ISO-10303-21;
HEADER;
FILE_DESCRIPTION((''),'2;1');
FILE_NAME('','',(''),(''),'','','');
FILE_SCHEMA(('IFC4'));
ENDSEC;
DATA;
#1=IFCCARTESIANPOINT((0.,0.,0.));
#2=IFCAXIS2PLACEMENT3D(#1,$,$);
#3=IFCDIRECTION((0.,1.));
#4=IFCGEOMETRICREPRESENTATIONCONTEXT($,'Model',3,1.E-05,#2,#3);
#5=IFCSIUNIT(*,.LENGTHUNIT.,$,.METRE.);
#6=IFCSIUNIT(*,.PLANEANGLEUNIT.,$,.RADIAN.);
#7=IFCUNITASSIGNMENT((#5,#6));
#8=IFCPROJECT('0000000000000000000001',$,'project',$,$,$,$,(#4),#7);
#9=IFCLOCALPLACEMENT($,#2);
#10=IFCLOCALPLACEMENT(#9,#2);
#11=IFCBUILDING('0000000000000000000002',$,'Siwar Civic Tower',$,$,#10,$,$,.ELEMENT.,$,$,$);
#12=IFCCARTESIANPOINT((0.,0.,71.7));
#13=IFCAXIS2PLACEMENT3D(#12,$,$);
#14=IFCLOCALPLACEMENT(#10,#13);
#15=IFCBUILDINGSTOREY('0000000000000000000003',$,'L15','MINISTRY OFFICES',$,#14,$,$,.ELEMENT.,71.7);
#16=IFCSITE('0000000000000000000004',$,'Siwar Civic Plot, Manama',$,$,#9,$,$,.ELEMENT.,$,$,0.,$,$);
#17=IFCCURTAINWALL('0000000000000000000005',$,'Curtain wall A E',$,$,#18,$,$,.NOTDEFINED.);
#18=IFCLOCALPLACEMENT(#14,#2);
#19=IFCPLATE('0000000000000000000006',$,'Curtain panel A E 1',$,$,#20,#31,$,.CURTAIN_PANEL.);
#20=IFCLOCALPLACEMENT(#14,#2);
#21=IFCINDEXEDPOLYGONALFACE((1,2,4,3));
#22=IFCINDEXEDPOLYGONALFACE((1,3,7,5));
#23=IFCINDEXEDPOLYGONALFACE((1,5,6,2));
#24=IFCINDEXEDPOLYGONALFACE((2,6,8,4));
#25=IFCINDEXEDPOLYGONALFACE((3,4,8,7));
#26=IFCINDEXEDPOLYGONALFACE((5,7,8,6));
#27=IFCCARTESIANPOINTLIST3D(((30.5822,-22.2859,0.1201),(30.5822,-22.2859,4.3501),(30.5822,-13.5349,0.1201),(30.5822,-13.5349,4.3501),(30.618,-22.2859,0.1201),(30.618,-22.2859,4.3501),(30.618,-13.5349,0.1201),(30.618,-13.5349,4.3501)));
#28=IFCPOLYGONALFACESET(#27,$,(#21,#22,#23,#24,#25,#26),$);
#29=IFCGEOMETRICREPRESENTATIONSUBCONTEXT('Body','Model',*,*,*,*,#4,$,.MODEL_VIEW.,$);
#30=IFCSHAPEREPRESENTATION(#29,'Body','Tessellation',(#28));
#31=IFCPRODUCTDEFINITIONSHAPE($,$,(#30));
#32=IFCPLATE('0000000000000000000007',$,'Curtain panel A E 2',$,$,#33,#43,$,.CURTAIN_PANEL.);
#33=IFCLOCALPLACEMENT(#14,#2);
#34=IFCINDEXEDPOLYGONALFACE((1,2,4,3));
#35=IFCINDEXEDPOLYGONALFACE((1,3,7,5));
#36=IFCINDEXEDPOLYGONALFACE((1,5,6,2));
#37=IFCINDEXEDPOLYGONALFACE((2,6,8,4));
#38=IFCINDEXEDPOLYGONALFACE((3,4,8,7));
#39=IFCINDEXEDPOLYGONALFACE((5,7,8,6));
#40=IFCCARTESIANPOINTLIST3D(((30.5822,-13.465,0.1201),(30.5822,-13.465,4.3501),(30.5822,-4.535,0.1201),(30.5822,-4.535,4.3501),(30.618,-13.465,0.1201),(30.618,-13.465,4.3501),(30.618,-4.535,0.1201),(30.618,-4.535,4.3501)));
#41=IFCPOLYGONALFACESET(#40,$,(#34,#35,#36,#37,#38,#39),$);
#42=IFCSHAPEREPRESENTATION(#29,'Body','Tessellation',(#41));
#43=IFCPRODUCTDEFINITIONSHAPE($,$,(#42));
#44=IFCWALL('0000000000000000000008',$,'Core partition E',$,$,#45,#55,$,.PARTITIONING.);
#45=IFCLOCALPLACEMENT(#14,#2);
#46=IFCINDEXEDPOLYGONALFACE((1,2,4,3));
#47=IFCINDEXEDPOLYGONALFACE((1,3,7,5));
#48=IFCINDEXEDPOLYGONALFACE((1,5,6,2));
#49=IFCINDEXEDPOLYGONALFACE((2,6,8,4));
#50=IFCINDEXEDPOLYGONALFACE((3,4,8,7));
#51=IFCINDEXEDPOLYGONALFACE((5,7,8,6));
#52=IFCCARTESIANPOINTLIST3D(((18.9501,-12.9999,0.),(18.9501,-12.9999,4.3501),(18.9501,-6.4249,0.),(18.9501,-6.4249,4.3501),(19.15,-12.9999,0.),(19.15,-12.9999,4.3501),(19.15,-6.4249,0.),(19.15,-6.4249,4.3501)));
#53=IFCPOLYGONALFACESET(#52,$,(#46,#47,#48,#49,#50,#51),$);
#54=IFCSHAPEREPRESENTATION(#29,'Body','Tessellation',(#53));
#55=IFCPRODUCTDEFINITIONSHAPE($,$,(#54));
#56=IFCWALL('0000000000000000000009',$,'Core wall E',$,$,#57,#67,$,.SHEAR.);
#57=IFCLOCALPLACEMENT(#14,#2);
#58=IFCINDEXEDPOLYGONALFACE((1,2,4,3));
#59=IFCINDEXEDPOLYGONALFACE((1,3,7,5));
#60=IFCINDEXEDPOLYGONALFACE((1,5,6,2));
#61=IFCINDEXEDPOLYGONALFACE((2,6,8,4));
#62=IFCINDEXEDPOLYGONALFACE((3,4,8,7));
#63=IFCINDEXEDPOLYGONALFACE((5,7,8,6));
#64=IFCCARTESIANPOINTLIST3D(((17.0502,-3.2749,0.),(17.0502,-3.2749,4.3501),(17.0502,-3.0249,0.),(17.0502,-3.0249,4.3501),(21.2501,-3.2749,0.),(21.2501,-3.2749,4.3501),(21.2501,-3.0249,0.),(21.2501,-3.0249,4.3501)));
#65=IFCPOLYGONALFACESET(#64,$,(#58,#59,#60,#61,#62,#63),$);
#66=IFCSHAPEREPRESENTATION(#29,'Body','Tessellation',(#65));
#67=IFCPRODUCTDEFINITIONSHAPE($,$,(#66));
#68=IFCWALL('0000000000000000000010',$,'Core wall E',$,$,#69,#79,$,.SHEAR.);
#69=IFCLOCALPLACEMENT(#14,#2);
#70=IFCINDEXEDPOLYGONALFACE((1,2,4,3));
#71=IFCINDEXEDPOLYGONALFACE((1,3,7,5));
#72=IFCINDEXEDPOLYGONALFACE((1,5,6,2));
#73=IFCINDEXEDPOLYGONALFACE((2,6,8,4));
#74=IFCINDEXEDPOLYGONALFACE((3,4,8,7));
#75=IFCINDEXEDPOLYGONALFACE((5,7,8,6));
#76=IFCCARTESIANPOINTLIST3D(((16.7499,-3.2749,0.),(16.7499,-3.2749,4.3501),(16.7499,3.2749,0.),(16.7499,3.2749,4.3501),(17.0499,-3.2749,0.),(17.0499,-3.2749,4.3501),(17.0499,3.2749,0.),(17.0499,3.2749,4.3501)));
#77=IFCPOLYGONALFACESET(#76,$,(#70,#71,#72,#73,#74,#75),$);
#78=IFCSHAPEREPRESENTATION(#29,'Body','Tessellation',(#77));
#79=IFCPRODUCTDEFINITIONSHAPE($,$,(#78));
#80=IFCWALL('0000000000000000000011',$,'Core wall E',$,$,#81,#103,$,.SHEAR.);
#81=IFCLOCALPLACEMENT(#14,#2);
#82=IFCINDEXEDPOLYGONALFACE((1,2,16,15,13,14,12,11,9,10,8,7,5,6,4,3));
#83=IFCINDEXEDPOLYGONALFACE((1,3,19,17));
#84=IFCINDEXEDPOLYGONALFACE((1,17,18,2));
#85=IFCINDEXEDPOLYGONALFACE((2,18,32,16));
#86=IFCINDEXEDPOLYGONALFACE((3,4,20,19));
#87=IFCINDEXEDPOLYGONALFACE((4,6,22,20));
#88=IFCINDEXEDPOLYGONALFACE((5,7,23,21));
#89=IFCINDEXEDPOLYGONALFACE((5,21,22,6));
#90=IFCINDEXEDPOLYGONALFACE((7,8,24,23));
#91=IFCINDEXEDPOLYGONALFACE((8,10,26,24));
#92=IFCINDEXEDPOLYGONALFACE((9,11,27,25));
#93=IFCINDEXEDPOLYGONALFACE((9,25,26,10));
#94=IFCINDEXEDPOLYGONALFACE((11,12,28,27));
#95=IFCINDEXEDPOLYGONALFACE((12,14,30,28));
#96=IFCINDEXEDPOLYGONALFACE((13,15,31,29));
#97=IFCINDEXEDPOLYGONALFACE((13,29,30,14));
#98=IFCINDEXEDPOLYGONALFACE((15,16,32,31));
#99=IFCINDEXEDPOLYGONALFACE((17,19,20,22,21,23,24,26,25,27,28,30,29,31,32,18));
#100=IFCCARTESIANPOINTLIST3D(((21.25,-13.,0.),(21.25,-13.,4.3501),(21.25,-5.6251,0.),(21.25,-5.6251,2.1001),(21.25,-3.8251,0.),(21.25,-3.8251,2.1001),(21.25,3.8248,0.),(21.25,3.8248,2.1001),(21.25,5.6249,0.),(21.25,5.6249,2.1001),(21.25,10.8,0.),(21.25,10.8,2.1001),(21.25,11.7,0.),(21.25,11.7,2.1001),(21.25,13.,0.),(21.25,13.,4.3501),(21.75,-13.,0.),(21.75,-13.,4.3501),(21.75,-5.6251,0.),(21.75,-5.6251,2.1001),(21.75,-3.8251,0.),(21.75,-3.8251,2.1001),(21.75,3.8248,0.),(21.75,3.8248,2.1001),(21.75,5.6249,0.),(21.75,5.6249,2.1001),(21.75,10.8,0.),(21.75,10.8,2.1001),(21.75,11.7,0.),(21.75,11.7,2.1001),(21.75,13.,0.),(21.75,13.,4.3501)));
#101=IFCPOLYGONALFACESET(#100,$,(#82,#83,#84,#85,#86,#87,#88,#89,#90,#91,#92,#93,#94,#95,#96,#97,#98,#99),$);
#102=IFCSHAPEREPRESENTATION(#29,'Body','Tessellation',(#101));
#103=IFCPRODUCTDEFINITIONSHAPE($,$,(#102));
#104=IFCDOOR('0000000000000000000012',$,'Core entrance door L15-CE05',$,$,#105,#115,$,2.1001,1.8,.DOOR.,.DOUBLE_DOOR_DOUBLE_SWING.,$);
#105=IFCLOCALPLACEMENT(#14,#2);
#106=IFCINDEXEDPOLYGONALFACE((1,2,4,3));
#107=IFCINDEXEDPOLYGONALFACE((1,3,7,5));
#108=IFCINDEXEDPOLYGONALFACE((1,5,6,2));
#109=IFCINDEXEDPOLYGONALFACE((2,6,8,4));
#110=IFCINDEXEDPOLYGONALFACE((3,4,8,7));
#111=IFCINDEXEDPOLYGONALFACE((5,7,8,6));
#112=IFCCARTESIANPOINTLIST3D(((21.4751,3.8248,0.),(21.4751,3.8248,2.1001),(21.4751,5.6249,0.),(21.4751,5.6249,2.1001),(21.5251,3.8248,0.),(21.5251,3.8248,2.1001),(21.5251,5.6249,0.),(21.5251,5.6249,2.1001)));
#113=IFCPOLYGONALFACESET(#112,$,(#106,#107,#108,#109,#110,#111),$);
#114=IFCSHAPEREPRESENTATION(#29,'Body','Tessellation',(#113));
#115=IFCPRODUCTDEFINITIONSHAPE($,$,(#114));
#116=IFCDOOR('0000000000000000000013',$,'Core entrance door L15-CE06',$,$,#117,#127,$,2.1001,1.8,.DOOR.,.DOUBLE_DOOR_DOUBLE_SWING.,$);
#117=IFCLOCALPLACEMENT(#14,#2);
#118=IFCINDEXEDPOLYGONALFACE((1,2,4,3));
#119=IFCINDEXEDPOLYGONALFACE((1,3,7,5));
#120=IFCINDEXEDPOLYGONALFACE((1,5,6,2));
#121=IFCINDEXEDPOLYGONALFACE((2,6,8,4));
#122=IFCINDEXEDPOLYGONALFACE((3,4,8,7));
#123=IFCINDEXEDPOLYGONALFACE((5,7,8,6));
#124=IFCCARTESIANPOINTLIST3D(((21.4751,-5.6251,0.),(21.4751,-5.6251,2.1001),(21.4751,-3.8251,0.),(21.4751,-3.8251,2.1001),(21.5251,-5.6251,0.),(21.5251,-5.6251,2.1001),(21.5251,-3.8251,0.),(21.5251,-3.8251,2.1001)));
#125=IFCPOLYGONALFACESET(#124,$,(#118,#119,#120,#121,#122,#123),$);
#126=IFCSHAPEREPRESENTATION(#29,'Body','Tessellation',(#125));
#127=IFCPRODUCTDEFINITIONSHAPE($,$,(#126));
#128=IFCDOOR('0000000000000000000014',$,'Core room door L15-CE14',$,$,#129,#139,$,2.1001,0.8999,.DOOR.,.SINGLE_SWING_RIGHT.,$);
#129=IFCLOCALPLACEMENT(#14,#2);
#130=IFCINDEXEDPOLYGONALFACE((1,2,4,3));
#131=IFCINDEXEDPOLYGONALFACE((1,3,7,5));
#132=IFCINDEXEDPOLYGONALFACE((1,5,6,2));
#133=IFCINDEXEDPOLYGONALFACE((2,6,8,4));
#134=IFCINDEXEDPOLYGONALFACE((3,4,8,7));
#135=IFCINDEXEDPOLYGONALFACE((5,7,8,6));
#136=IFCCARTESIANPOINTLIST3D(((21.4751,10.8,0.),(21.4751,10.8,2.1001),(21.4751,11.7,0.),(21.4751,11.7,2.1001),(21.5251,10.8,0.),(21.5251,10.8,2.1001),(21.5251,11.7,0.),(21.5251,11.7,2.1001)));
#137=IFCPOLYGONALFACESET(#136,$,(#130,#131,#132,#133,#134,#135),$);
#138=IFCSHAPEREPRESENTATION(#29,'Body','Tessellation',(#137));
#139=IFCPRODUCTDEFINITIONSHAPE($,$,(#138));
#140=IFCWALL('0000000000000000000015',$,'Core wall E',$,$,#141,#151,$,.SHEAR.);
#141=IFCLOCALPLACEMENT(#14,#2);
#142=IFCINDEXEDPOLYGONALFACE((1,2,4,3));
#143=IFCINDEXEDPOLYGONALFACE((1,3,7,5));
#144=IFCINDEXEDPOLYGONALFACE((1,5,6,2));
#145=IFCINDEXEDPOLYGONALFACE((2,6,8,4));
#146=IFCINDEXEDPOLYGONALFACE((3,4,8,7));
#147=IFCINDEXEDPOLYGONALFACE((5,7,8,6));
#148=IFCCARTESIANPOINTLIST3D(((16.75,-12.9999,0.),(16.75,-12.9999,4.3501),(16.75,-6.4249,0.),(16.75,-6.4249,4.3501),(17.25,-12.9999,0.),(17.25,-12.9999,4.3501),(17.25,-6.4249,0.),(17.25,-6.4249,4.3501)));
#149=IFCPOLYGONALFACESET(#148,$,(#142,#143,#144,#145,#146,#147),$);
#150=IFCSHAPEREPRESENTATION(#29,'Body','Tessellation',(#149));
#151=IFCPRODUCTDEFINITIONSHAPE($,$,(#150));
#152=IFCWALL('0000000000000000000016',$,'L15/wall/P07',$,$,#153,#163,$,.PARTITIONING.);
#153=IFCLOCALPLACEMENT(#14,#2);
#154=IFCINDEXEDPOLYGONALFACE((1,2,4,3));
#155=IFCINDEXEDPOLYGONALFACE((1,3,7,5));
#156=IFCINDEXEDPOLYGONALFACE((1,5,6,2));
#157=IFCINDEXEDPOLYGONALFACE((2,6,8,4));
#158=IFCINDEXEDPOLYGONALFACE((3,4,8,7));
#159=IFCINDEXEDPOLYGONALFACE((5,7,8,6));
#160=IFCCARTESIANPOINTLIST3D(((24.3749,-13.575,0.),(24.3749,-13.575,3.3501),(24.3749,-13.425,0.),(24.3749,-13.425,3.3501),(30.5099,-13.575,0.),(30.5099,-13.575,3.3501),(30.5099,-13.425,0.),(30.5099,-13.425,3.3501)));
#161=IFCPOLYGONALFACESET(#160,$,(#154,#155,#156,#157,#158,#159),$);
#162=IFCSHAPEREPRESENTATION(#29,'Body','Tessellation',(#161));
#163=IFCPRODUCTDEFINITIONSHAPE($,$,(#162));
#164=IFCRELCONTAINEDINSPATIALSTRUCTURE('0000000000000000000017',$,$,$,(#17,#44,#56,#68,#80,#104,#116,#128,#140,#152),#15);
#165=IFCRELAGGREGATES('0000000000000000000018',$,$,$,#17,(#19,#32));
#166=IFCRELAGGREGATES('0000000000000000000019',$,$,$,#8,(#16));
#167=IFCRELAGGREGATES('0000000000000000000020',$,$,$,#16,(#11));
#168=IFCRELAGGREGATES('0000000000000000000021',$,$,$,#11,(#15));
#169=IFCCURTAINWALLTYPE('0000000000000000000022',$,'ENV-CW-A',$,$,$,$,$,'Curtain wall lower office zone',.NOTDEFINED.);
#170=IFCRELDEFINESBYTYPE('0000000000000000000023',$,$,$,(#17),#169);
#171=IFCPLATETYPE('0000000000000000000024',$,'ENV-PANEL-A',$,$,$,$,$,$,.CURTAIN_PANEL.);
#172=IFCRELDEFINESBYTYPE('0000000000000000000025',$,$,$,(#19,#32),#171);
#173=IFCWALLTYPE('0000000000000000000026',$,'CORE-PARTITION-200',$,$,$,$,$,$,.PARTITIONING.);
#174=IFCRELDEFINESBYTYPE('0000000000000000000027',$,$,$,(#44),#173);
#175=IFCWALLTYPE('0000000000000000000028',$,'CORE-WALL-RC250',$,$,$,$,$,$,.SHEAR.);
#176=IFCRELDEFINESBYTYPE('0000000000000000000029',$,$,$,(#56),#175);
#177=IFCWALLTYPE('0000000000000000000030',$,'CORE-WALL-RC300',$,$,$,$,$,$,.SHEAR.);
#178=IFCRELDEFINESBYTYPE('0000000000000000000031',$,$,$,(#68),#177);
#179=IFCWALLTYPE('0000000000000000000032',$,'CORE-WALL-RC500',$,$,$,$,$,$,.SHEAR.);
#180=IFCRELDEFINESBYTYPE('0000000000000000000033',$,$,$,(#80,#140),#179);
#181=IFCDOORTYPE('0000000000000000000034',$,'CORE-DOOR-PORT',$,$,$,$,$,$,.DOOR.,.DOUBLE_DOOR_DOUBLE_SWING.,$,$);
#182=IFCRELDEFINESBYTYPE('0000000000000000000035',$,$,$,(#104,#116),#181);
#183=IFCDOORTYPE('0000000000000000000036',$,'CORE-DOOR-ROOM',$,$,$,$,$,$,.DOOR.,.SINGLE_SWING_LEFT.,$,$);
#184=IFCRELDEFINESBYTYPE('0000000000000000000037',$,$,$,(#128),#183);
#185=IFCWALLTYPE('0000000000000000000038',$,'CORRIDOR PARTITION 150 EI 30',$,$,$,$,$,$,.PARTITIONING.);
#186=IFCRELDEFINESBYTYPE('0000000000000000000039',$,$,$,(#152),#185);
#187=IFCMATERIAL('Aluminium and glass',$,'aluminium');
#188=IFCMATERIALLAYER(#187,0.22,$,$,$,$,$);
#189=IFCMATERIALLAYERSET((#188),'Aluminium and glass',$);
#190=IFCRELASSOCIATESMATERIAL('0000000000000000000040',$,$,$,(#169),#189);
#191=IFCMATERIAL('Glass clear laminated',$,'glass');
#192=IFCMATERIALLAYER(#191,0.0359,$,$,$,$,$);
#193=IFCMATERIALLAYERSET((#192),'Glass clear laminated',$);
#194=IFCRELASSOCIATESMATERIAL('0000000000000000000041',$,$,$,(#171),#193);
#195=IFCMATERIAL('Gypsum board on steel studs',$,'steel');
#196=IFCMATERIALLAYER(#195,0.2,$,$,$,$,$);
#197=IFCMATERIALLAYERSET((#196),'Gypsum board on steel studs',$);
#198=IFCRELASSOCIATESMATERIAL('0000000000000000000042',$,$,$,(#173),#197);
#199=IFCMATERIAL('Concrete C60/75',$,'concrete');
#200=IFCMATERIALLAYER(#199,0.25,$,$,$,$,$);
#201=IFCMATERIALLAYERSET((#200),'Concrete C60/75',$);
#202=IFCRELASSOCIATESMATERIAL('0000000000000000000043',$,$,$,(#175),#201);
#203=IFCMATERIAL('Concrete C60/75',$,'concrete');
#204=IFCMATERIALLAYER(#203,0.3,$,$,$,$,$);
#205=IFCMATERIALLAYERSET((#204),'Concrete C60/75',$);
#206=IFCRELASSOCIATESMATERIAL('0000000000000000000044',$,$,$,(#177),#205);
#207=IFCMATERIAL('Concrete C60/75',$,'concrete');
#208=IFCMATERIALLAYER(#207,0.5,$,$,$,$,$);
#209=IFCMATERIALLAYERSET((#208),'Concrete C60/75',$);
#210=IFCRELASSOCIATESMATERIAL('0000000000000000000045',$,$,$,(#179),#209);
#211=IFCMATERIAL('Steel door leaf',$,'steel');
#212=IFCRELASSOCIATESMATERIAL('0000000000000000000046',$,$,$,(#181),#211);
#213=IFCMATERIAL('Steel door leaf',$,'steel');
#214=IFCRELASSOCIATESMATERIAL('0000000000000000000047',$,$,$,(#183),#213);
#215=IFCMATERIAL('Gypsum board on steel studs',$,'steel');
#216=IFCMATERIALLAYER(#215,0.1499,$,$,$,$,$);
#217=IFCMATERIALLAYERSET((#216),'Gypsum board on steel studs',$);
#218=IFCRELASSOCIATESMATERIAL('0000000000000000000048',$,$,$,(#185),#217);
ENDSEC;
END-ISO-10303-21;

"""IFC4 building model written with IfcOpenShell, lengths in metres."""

from ifc_helpers import new_model, si_unit, direction, frame, frame_2d, origin, origin_2d, place, context, subcontext, project, spatial, rectangle, extrude, material, layer, layer_set, type_object, element, fill, aggregate, save


model = new_model("IFC4")

# Units and contexts
model_context = context("Model", 3, precision=1e-05, world=origin(), true_north=direction((0.0, 1.0)))
body_context = subcontext(model_context, "Body", "Model", "MODEL_VIEW")
ifc_project = project(units=[si_unit("LENGTHUNIT", "METRE"), si_unit("PLANEANGLEUNIT", "RADIAN")], contexts=[model_context])

# Site, building, storey
site_placement = place(None, origin())
site = spatial("IfcSite", under=ifc_project, at=site_placement, Name="Siwar Civic Plot, Manama", CompositionType="ELEMENT", RefElevation=0.0)
building_placement = place(site_placement, origin())
building = spatial("IfcBuilding", under=site, at=building_placement, Name="Siwar Civic Tower", CompositionType="ELEMENT")
storey_placement = place(building_placement, frame((0.0, 0.0, 71.7)))
storey = spatial("IfcBuildingStorey", under=building, at=storey_placement, Name="L15", Description="MINISTRY OFFICES", CompositionType="ELEMENT", Elevation=71.7)

# Curtain wall
ifc_material_1 = material(Name="Aluminium and glass", Category="aluminium")
ifc_layer_1 = layer(ifc_material_1, 0.22)
ifc_layer_set_1 = layer_set([ifc_layer_1], Name="Aluminium and glass")
curtain_wall_type = type_object("IfcCurtainWallType", Name="ENV-CW-A", ElementType="Curtain wall lower office zone", PredefinedType="NOTDEFINED", material=ifc_layer_set_1)
curtain_wall_placement = place(storey_placement, origin())
curtain_wall = element("IfcCurtainWall", 1, at=curtain_wall_placement, inside=storey, type_object=curtain_wall_type, Name="Curtain wall A E", PredefinedType="NOTDEFINED")

# Plates
ifc_material_2 = material(Name="Glass clear laminated", Category="glass")
ifc_layer_2 = layer(ifc_material_2, 0.0359)
ifc_layer_set_2 = layer_set([ifc_layer_2], Name="Glass clear laminated")
plate_type = type_object("IfcPlateType", Name="ENV-PANEL-A", PredefinedType="CURTAIN_PANEL", material=ifc_layer_set_2)
plate_1_placement = place(storey_placement, frame((30.6001, -17.9104, 0.1201), z_axis=(0.0, 0.0, 1.0), x_axis=(0.0, 1.0, 0.0)))
plate_1 = element("IfcPlate", 2, at=plate_1_placement, type_object=plate_type, Name="Curtain panel A E 1", PredefinedType="CURTAIN_PANEL", context=body_context, shape_type="SweptSolid", body=[
    extrude(rectangle(XDim=8.751, YDim=0.0359, at=origin_2d()), origin(), (0.0, 0.0, 1.0), 4.23),
])
plate_2_placement = place(storey_placement, frame((30.6001, -9.0, 0.1201), z_axis=(0.0, 0.0, 1.0), x_axis=(0.0, 1.0, 0.0)))
plate_2 = element("IfcPlate", 3, at=plate_2_placement, type_object=plate_type, Name="Curtain panel A E 2", PredefinedType="CURTAIN_PANEL", context=body_context, shape_type="SweptSolid", body=[
    extrude(rectangle(XDim=8.9299, YDim=0.0359, at=origin_2d()), origin(), (0.0, 0.0, 1.0), 4.23),
])
aggregate(curtain_wall, [plate_1, plate_2])

# Walls
ifc_material_3 = material(Name="Gypsum board on steel studs", Category="steel")
ifc_layer_3 = layer(ifc_material_3, 0.2)
ifc_layer_set_3 = layer_set([ifc_layer_3], Name="Gypsum board on steel studs")
wall_type_1 = type_object("IfcWallType", Name="CORE-PARTITION-200", PredefinedType="PARTITIONING", material=ifc_layer_set_3)
wall_1_placement = place(storey_placement, frame((19.05, -13.0, 0.0), z_axis=(0.0, 0.0, 1.0), x_axis=(0.0, 1.0, 0.0)))
element("IfcWall", 4, at=wall_1_placement, inside=storey, type_object=wall_type_1, Name="Core partition E", PredefinedType="PARTITIONING", context=body_context, shape_type="SweptSolid", body=[
    extrude(rectangle(XDim=6.575, YDim=0.2, at=frame_2d((3.2876, 0.0))), origin(), (0.0, 0.0, 1.0), 4.3501),
])
ifc_material_4 = material(Name="Concrete C60/75", Category="concrete")
ifc_layer_4 = layer(ifc_material_4, 0.25)
ifc_layer_set_4 = layer_set([ifc_layer_4], Name="Concrete C60/75")
wall_type_2 = type_object("IfcWallType", Name="CORE-WALL-RC250", PredefinedType="SHEAR", material=ifc_layer_set_4)
wall_2_placement = place(storey_placement, frame((17.05, -3.1499, 0.0), z_axis=(0.0, 0.0, 1.0), x_axis=(1.0, 0.0, 0.0)))
element("IfcWall", 5, at=wall_2_placement, inside=storey, type_object=wall_type_2, Name="Core wall E", PredefinedType="SHEAR", context=body_context, shape_type="SweptSolid", body=[
    extrude(rectangle(XDim=4.2, YDim=0.25, at=frame_2d((2.1001, 0.0))), origin(), (0.0, 0.0, 1.0), 4.3501),
])
ifc_material_5 = material(Name="Concrete C60/75", Category="concrete")
ifc_layer_5 = layer(ifc_material_5, 0.3)
ifc_layer_set_5 = layer_set([ifc_layer_5], Name="Concrete C60/75")
wall_type_3 = type_object("IfcWallType", Name="CORE-WALL-RC300", PredefinedType="SHEAR", material=ifc_layer_set_5)
wall_3_placement = place(storey_placement, frame((16.8999, -3.2749, 0.0), z_axis=(0.0, 0.0, 1.0), x_axis=(0.0, 1.0, 0.0)))
element("IfcWall", 6, at=wall_3_placement, inside=storey, type_object=wall_type_3, Name="Core wall E", PredefinedType="SHEAR", context=body_context, shape_type="SweptSolid", body=[
    extrude(rectangle(XDim=6.5498, YDim=0.3, at=frame_2d((3.2749, 0.0))), origin(), (0.0, 0.0, 1.0), 4.3501),
])

# Wall, openings, doors
ifc_material_6 = material(Name="Concrete C60/75", Category="concrete")
ifc_layer_6 = layer(ifc_material_6, 0.5)
ifc_layer_set_6 = layer_set([ifc_layer_6], Name="Concrete C60/75")
wall_type_4 = type_object("IfcWallType", Name="CORE-WALL-RC500", PredefinedType="SHEAR", material=ifc_layer_set_6)
wall_4_placement = place(storey_placement, frame((21.5, -13.0, 0.0), z_axis=(0.0, 0.0, 1.0), x_axis=(0.0, 1.0, 0.0)))
wall_4 = element("IfcWall", 7, at=wall_4_placement, inside=storey, type_object=wall_type_4, Name="Core wall E", PredefinedType="SHEAR", context=body_context, shape_type="SweptSolid", body=[
    extrude(rectangle(XDim=26.0, YDim=0.5, at=frame_2d((13.0, 0.0))), origin(), (0.0, 0.0, 1.0), 4.3501),
])
opening_1_placement = place(wall_4_placement, frame((16.825, 0.0, 0.0)))
opening_1 = element("IfcOpeningElement", 8, at=opening_1_placement, cuts=wall_4, PredefinedType="OPENING", context=body_context, shape_type="SweptSolid", body=[
    extrude(rectangle(XDim=1.8, YDim=2.1001, at=frame_2d((0.8999, 1.05))), frame((0.0, 0.26, 0.0), z_axis=(0.0, -1.0, 0.0), x_axis=(1.0, 0.0, 0.0)), (0.0, 0.0, 1.0), 0.52),
])
opening_2_placement = place(wall_4_placement, frame((7.375, 0.0, 0.0)))
opening_2 = element("IfcOpeningElement", 9, at=opening_2_placement, cuts=wall_4, PredefinedType="OPENING", context=body_context, shape_type="SweptSolid", body=[
    extrude(rectangle(XDim=1.8, YDim=2.1001, at=frame_2d((0.8999, 1.05))), frame((0.0, 0.26, 0.0), z_axis=(0.0, -1.0, 0.0), x_axis=(1.0, 0.0, 0.0)), (0.0, 0.0, 1.0), 0.52),
])
opening_3_placement = place(wall_4_placement, frame((23.8, 0.0, 0.0)))
opening_3 = element("IfcOpeningElement", 10, at=opening_3_placement, cuts=wall_4, PredefinedType="OPENING", context=body_context, shape_type="SweptSolid", body=[
    extrude(rectangle(XDim=0.8999, YDim=2.1001, at=frame_2d((0.45, 1.05))), frame((0.0, 0.26, 0.0), z_axis=(0.0, -1.0, 0.0), x_axis=(1.0, 0.0, 0.0)), (0.0, 0.0, 1.0), 0.52),
])
ifc_material_7 = material(Name="Steel door leaf", Category="steel")
door_type_1 = type_object("IfcDoorType", Name="CORE-DOOR-PORT", OperationType="DOUBLE_DOOR_DOUBLE_SWING", PredefinedType="DOOR", material=ifc_material_7)
door_1_placement = place(opening_1_placement, origin())
door_1 = element("IfcDoor", 11, at=door_1_placement, inside=storey, type_object=door_type_1, Name="Core entrance door L15-CE05", OperationType="DOUBLE_DOOR_DOUBLE_SWING", OverallHeight=2.1001, OverallWidth=1.8, PredefinedType="DOOR", context=body_context, shape_type="SweptSolid", body=[
    extrude(rectangle(XDim=1.8, YDim=2.1001, at=frame_2d((0.8999, 1.05))), frame((0.0, 0.0249, 0.0), z_axis=(0.0, -1.0, 0.0), x_axis=(1.0, 0.0, 0.0)), (0.0, 0.0, 1.0), 0.05),
])
fill(opening_1, door_1)
door_2_placement = place(opening_2_placement, origin())
door_2 = element("IfcDoor", 12, at=door_2_placement, inside=storey, type_object=door_type_1, Name="Core entrance door L15-CE06", OperationType="DOUBLE_DOOR_DOUBLE_SWING", OverallHeight=2.1001, OverallWidth=1.8, PredefinedType="DOOR", context=body_context, shape_type="SweptSolid", body=[
    extrude(rectangle(XDim=1.8, YDim=2.1001, at=frame_2d((0.8999, 1.05))), frame((0.0, 0.0249, 0.0), z_axis=(0.0, -1.0, 0.0), x_axis=(1.0, 0.0, 0.0)), (0.0, 0.0, 1.0), 0.05),
])
fill(opening_2, door_2)
ifc_material_8 = material(Name="Steel door leaf", Category="steel")
door_type_2 = type_object("IfcDoorType", Name="CORE-DOOR-ROOM", OperationType="SINGLE_SWING_LEFT", PredefinedType="DOOR", material=ifc_material_8)
door_3_placement = place(opening_3_placement, origin())
door_3 = element("IfcDoor", 13, at=door_3_placement, inside=storey, type_object=door_type_2, Name="Core room door L15-CE14", OperationType="SINGLE_SWING_RIGHT", OverallHeight=2.1001, OverallWidth=0.8999, PredefinedType="DOOR", context=body_context, shape_type="SweptSolid", body=[
    extrude(rectangle(XDim=0.8999, YDim=2.1001, at=frame_2d((0.45, 1.05))), frame((0.0, 0.0249, 0.0), z_axis=(0.0, -1.0, 0.0), x_axis=(1.0, 0.0, 0.0)), (0.0, 0.0, 1.0), 0.05),
])
fill(opening_3, door_3)

# Walls
wall_5_placement = place(storey_placement, frame((17.0, -13.0, 0.0), z_axis=(0.0, 0.0, 1.0), x_axis=(0.0, 1.0, 0.0)))
element("IfcWall", 14, at=wall_5_placement, inside=storey, type_object=wall_type_4, Name="Core wall E", PredefinedType="SHEAR", context=body_context, shape_type="SweptSolid", body=[
    extrude(rectangle(XDim=6.575, YDim=0.5, at=frame_2d((3.2876, 0.0))), origin(), (0.0, 0.0, 1.0), 4.3501),
])
ifc_material_9 = material(Name="Gypsum board on steel studs", Category="steel")
ifc_layer_7 = layer(ifc_material_9, 0.1499)
ifc_layer_set_7 = layer_set([ifc_layer_7], Name="Gypsum board on steel studs")
wall_type_5 = type_object("IfcWallType", Name="CORRIDOR PARTITION 150 EI 30", PredefinedType="PARTITIONING", material=ifc_layer_set_7)
wall_6_placement = place(storey_placement, frame((24.375, -13.5, 0.0), z_axis=(0.0, 0.0, 1.0), x_axis=(1.0, 0.0, 0.0)))
element("IfcWall", 15, at=wall_6_placement, inside=storey, type_object=wall_type_5, Name="L15/wall/P07", PredefinedType="PARTITIONING", context=body_context, shape_type="SweptSolid", body=[
    extrude(rectangle(XDim=6.135, YDim=0.1499, at=frame_2d((3.0674, 0.0))), origin(), (0.0, 0.0, 1.0), 3.3501),
])

save(model, "model.ifc")
